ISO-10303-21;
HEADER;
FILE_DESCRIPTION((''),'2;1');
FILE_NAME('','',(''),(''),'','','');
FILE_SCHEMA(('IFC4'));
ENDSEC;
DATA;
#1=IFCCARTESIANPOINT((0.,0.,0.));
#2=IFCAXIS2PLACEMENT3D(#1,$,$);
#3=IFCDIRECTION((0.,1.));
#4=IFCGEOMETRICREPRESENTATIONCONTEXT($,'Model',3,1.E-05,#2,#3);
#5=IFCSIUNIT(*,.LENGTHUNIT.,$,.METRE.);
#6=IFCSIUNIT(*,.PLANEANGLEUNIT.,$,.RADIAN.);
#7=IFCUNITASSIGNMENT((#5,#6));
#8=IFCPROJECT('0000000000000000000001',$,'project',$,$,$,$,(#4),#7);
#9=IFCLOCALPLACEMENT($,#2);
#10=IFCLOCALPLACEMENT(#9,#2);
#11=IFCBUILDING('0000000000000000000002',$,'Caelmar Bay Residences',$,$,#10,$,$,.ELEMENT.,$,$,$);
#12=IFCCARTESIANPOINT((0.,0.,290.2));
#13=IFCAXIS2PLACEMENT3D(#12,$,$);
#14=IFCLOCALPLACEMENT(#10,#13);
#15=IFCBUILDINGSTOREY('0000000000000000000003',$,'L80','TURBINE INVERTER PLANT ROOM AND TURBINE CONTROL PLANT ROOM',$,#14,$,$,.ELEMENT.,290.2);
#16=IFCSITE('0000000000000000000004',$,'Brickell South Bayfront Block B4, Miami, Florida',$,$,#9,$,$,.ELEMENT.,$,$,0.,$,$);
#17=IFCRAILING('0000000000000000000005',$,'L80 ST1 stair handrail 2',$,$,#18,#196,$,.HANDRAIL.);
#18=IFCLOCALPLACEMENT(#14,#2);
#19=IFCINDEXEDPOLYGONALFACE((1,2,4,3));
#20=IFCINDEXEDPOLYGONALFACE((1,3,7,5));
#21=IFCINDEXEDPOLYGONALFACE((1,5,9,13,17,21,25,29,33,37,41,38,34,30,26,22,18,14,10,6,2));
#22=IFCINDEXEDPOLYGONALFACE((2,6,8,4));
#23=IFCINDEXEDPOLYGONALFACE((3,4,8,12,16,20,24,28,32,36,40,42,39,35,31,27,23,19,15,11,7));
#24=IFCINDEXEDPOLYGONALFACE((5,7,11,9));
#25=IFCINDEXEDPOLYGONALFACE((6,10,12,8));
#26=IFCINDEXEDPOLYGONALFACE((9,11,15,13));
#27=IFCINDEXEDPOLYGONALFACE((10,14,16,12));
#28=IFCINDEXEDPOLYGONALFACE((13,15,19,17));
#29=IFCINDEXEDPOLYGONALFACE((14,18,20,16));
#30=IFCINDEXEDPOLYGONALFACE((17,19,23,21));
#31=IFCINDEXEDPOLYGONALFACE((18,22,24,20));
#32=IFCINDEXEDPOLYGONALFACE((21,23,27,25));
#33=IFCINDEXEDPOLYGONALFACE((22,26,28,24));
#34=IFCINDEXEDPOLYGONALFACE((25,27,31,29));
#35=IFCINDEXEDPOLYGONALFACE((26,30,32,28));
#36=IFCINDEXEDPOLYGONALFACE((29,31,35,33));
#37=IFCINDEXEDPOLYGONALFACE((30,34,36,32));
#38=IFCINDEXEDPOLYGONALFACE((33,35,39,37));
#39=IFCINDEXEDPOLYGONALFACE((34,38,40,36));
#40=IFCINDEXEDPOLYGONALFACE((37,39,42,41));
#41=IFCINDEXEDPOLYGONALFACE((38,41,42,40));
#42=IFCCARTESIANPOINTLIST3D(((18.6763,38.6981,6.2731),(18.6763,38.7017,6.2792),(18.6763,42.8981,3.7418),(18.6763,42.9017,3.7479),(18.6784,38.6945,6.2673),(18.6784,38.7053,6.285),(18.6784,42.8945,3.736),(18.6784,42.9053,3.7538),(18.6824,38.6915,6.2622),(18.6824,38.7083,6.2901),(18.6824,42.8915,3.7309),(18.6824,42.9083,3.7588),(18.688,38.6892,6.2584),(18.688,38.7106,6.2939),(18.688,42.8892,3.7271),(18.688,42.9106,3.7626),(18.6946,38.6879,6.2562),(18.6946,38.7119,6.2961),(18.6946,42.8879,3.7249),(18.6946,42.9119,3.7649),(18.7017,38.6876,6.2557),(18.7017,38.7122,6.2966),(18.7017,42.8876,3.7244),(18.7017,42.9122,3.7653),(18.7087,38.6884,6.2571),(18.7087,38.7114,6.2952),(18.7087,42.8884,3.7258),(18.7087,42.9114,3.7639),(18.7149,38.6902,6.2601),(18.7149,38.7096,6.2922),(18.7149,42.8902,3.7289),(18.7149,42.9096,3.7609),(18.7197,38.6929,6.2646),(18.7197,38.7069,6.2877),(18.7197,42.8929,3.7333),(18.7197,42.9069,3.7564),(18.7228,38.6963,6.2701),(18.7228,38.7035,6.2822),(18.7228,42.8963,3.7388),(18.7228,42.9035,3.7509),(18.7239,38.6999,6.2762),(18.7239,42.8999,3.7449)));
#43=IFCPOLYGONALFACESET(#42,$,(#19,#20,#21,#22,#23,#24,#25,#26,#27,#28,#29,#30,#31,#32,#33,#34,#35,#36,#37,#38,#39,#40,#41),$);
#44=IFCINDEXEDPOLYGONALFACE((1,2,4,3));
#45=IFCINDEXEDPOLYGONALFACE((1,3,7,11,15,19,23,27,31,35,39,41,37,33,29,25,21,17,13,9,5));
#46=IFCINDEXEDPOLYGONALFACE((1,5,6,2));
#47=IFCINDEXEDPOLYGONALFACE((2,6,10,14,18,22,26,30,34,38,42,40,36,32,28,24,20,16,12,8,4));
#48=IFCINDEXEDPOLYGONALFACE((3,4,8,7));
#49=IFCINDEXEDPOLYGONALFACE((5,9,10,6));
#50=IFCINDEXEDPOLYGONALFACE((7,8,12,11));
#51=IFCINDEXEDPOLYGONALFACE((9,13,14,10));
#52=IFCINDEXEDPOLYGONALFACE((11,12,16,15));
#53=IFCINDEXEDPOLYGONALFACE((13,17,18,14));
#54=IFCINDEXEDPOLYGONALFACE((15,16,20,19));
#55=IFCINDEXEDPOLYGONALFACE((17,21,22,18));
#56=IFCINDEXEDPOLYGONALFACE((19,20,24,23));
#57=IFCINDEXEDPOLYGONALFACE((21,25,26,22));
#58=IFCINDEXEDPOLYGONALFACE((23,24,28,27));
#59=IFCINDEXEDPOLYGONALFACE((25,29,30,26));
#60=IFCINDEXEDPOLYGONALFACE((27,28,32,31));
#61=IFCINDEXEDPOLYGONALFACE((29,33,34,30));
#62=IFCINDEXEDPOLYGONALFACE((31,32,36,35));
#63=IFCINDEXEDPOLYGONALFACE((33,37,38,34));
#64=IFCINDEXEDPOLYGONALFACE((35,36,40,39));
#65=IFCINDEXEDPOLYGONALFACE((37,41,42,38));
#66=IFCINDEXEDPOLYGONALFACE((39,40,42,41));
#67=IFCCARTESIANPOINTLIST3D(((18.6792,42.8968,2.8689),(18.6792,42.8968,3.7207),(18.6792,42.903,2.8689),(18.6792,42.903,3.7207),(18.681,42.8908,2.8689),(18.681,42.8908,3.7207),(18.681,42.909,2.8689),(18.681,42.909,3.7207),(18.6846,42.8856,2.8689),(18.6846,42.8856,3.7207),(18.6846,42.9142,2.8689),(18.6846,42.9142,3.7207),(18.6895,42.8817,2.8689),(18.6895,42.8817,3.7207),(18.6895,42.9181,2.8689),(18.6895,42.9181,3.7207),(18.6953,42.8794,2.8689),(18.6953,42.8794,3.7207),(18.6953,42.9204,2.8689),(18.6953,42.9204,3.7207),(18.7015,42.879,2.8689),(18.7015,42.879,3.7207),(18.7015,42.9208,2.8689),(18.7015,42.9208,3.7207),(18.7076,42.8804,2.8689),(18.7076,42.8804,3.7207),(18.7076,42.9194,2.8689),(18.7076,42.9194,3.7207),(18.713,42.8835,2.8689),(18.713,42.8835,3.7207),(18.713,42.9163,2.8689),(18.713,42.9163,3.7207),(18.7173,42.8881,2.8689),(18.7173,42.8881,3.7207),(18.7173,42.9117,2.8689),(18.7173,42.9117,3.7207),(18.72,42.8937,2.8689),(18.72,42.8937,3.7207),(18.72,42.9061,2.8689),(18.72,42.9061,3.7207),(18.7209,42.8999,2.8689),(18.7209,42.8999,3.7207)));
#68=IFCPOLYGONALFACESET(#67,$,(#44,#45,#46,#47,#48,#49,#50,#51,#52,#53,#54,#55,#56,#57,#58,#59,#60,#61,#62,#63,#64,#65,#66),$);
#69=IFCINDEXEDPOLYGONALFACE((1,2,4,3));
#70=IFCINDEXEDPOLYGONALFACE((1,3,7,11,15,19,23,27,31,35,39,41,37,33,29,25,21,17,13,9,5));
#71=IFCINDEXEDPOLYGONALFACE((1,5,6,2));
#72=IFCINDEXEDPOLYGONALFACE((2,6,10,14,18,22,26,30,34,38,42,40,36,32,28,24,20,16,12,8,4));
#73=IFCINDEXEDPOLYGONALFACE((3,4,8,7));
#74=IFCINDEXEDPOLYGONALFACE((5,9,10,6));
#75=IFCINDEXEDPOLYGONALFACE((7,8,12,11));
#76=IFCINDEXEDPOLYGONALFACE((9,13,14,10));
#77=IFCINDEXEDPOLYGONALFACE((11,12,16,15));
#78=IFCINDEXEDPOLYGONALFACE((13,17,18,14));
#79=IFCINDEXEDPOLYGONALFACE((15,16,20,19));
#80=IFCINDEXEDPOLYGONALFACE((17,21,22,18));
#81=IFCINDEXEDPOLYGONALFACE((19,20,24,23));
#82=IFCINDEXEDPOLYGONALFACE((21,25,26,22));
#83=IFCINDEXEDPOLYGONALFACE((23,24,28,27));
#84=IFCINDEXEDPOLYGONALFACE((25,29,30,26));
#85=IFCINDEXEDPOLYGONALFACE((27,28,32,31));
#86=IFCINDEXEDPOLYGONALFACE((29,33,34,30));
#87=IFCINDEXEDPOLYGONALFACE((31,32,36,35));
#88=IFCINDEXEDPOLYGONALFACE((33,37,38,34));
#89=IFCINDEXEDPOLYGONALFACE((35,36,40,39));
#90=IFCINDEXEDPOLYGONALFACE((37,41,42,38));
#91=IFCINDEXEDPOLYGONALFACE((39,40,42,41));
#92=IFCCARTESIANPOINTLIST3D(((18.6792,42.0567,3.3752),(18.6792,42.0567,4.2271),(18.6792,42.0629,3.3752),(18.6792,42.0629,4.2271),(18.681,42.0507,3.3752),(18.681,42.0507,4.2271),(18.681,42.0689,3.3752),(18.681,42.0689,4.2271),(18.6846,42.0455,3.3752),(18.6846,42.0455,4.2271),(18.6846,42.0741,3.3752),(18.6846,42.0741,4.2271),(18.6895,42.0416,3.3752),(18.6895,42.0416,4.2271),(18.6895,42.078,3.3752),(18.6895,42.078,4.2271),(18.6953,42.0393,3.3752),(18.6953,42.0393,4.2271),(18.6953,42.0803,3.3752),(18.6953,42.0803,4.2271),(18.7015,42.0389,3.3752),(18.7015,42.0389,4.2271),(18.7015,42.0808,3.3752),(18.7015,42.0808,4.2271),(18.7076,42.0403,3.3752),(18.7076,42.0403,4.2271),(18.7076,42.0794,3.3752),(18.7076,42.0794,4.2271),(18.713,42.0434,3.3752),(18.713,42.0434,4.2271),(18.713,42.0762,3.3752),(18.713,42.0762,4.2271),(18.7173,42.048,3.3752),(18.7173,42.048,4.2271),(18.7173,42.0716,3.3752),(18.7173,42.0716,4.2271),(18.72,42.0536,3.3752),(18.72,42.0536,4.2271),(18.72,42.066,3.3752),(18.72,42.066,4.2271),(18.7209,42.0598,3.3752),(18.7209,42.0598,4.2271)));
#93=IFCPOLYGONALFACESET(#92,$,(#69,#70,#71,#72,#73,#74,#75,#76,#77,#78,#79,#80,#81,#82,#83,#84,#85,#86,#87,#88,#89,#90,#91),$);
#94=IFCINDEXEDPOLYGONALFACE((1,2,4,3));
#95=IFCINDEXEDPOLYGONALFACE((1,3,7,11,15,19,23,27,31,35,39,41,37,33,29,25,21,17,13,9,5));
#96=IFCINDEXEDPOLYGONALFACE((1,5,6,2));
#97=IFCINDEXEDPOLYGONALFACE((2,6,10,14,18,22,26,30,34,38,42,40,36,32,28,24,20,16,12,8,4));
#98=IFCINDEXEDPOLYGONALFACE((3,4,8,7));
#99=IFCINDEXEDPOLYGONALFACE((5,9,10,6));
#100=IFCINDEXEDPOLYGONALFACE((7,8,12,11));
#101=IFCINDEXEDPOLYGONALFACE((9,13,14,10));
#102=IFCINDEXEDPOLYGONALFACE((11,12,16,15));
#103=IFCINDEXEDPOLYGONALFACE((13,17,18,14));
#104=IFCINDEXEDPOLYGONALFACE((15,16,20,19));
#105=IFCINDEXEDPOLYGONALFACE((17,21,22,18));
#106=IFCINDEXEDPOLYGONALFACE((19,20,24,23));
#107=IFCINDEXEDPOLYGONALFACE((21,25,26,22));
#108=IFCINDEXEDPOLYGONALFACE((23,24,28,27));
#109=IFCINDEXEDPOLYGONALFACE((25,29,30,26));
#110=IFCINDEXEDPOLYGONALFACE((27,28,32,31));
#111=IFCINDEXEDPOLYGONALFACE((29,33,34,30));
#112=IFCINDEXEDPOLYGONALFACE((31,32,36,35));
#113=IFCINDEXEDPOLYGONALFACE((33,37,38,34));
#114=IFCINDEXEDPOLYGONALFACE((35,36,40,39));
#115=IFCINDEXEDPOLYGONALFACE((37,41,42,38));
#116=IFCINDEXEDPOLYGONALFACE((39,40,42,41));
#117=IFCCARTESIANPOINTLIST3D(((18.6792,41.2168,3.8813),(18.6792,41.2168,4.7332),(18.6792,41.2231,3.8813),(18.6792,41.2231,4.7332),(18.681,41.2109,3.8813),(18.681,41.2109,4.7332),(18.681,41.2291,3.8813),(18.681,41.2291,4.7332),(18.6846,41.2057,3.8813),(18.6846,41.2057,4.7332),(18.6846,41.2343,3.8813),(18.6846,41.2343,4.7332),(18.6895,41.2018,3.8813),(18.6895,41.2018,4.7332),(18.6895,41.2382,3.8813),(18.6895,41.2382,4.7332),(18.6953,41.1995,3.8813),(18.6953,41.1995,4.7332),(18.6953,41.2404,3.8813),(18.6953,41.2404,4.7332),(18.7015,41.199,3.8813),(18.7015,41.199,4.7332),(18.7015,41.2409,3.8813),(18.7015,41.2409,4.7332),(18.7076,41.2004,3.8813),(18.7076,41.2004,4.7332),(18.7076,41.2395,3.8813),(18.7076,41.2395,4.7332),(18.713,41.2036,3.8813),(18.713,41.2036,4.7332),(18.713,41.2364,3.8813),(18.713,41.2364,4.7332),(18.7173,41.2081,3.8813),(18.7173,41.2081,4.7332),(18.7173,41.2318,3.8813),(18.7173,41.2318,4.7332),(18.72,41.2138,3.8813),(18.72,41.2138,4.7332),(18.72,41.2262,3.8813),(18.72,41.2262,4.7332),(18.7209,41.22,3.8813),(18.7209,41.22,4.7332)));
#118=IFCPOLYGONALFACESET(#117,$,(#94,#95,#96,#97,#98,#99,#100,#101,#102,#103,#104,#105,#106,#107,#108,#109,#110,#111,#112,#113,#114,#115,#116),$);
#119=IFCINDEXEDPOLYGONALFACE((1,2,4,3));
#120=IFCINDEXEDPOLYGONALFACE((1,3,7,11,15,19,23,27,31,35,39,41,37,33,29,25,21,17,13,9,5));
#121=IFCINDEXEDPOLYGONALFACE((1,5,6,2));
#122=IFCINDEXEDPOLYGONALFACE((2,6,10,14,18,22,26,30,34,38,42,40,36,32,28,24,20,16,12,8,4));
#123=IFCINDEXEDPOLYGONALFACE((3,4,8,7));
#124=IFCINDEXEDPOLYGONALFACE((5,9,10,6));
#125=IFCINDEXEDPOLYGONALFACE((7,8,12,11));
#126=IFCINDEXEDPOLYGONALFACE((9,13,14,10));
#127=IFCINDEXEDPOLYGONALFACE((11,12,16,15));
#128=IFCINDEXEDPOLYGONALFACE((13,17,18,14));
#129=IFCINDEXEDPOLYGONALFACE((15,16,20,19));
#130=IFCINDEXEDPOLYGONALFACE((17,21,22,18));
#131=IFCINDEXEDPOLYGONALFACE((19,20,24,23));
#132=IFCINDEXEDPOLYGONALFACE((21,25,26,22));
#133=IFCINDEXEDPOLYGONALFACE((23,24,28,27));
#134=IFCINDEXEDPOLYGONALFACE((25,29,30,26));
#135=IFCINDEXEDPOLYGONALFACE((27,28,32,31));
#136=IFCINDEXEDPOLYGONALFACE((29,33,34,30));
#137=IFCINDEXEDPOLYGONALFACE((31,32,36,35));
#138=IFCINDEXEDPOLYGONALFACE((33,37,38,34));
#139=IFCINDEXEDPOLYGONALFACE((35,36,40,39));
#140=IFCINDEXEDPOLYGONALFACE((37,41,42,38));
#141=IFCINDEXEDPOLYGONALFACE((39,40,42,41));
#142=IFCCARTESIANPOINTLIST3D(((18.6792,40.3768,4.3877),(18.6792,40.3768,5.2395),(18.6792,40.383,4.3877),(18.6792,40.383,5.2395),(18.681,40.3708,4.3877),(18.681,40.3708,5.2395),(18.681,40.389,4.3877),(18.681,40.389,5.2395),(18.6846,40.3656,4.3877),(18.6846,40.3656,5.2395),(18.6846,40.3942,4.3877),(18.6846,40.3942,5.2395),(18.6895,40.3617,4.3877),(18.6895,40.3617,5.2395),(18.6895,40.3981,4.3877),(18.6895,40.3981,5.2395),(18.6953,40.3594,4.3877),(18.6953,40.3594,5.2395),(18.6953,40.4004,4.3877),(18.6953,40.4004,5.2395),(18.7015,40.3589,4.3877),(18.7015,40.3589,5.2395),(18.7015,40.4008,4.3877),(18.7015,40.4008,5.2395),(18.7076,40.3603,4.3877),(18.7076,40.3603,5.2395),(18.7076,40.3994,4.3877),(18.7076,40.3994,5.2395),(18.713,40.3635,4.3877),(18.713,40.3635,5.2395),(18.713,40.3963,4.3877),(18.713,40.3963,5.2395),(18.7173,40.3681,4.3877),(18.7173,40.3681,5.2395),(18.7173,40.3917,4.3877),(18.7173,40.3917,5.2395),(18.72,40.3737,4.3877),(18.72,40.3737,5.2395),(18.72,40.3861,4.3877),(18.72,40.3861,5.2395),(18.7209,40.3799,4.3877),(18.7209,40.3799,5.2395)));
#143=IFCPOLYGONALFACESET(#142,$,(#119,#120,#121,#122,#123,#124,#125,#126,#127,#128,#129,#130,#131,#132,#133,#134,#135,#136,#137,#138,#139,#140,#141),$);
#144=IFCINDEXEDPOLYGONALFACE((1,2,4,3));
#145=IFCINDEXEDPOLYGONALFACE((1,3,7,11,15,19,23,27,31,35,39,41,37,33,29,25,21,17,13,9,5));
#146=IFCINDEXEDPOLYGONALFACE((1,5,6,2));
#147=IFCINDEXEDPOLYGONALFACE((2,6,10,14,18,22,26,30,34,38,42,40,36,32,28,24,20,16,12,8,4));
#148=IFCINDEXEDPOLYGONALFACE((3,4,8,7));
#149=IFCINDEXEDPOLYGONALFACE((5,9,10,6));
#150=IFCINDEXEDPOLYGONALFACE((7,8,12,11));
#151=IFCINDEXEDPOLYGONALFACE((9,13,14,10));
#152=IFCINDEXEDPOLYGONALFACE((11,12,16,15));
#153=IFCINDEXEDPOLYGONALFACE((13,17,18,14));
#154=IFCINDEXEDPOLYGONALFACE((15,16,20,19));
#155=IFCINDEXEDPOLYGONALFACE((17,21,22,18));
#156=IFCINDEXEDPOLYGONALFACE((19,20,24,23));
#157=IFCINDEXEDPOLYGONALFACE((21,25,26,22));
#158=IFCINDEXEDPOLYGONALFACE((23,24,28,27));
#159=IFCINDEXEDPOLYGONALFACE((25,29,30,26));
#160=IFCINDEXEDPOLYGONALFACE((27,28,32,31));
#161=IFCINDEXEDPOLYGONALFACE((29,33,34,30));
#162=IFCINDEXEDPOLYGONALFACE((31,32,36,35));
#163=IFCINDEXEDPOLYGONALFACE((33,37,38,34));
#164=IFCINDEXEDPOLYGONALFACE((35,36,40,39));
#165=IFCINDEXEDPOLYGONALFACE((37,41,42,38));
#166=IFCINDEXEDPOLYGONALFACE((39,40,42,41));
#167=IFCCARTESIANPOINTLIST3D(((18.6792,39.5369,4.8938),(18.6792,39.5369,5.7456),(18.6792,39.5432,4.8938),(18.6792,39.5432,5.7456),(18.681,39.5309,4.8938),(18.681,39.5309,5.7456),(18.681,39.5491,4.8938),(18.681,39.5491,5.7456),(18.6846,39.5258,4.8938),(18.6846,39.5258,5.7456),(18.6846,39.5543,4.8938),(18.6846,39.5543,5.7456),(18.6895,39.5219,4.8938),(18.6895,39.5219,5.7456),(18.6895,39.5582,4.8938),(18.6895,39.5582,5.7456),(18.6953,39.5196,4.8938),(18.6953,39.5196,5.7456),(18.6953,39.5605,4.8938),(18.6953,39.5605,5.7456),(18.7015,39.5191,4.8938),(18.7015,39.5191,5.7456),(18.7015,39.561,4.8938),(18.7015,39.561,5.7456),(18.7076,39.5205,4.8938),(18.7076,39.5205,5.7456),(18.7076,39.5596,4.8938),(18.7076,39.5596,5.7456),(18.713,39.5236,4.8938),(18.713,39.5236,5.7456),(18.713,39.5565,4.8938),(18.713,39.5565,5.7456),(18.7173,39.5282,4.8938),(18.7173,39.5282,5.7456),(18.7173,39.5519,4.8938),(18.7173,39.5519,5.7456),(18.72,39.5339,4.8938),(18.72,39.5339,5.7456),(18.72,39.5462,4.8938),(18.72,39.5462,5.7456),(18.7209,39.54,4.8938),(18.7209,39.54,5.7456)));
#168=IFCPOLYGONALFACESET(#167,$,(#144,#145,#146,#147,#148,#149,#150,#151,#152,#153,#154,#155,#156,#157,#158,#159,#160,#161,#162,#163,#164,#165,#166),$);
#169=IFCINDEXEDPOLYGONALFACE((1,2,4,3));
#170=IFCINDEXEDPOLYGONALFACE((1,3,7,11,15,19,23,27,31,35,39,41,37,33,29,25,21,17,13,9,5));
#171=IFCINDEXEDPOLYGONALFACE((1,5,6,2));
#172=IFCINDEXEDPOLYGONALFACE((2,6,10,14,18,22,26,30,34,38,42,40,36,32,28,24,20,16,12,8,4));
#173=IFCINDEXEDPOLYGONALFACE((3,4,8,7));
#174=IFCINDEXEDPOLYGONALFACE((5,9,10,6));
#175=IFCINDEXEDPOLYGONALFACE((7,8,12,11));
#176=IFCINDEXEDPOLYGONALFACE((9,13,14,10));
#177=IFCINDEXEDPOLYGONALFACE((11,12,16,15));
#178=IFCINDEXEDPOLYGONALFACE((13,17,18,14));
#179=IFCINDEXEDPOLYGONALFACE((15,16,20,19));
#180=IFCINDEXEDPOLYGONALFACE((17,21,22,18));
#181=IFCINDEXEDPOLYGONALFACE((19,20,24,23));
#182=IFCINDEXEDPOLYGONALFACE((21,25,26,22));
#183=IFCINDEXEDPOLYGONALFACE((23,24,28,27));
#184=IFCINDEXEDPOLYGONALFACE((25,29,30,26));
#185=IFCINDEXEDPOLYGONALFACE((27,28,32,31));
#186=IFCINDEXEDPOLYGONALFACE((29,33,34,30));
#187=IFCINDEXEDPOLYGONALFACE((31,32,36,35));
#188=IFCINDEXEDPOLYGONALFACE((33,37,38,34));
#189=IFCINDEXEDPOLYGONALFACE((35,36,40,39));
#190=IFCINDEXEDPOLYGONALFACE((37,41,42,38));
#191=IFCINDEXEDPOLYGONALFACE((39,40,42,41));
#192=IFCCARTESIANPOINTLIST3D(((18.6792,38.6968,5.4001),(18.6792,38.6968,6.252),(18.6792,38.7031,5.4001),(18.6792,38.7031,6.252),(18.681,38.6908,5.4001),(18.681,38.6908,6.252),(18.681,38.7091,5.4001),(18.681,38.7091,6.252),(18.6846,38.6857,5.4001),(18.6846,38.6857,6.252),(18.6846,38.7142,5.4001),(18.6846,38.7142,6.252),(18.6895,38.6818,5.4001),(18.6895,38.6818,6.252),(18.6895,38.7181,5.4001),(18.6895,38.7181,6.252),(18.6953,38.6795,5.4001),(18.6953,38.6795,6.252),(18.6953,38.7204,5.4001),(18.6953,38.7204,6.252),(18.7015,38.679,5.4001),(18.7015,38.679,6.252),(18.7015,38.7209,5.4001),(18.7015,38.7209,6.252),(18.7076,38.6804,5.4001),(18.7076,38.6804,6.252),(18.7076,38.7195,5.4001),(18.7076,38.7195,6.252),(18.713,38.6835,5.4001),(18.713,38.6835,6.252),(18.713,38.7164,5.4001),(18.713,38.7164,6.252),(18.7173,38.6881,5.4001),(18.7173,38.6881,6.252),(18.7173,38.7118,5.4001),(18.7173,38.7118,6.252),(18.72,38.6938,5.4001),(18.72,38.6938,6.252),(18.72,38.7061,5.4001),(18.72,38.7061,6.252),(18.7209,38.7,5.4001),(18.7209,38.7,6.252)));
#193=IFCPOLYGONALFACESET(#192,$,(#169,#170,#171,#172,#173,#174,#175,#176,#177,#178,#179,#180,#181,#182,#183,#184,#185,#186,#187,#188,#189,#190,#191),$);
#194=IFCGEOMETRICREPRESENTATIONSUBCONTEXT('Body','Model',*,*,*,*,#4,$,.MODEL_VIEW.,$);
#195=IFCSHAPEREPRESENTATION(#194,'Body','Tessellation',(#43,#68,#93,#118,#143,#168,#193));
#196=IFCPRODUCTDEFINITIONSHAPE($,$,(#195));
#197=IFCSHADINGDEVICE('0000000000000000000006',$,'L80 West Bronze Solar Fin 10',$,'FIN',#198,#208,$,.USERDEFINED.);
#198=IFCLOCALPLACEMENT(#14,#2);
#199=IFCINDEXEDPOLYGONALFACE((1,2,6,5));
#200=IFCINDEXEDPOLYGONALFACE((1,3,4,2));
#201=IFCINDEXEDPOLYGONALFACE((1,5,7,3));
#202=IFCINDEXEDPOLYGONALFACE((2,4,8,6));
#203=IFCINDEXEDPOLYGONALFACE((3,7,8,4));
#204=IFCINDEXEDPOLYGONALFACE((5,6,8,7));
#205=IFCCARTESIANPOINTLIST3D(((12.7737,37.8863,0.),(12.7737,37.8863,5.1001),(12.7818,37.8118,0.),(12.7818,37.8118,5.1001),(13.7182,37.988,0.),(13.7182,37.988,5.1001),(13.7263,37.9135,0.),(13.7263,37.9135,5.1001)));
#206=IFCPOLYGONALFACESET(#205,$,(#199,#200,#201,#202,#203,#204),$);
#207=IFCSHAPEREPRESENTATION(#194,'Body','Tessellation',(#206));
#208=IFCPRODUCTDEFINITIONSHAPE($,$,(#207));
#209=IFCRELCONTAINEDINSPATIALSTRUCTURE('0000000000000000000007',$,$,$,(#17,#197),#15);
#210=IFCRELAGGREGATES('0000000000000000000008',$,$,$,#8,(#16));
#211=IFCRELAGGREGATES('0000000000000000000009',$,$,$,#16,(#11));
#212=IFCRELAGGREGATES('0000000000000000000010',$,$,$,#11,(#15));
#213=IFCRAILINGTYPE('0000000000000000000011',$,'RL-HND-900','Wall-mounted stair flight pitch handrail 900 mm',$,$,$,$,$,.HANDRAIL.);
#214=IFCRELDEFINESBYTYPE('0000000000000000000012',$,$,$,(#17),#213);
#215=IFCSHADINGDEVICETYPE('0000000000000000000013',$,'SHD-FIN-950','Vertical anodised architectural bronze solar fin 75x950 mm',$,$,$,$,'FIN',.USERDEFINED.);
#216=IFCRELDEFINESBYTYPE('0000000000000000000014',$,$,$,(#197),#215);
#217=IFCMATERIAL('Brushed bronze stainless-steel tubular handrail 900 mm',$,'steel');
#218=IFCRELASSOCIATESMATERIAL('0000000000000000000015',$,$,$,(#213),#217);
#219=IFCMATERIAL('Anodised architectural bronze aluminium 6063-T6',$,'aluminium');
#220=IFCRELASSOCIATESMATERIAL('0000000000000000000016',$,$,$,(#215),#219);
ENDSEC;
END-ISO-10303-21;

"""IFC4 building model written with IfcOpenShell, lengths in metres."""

from ifc_helpers import new_model, si_unit, direction, frame, origin, origin_2d, place, context, subcontext, project, spatial, rectangle, circle, extrude, material, material_profile, profile_set, type_object, element, save


model = new_model("IFC4")

# Units and contexts
model_context = context("Model", 3, precision=1e-05, world=origin(), true_north=direction((0.0, 1.0)))
body_context = subcontext(model_context, "Body", "Model", "MODEL_VIEW")
ifc_project = project(units=[si_unit("LENGTHUNIT", "METRE"), si_unit("PLANEANGLEUNIT", "RADIAN")], contexts=[model_context])

# Site, building, storey
site_placement = place(None, origin())
site = spatial("IfcSite", under=ifc_project, at=site_placement, Name="Brickell South Bayfront Block B4, Miami, Florida", CompositionType="ELEMENT", RefElevation=0.0)
building_placement = place(site_placement, origin())
building = spatial("IfcBuilding", under=site, at=building_placement, Name="Caelmar Bay Residences", CompositionType="ELEMENT")
storey_placement = place(building_placement, frame((0.0, 0.0, 290.2)))
storey = spatial("IfcBuildingStorey", under=building, at=storey_placement, Name="L80", Description="TURBINE INVERTER PLANT ROOM AND TURBINE CONTROL PLANT ROOM", CompositionType="ELEMENT", Elevation=290.2)

# Railing
ifc_material_1 = material(Name="Brushed bronze stainless-steel tubular handrail 900 mm", Category="steel")
railing_type_1 = type_object("IfcRailingType", Name="RL-HND-900", Description="Wall-mounted stair flight pitch handrail 900 mm", PredefinedType="HANDRAIL", material=ifc_material_1)
railing_1_placement = place(storey_placement, frame((18.7, 42.8999, 2.8689)))
element("IfcRailing", 1, at=railing_1_placement, inside=storey, type_object=railing_type_1, Name="L80 ST1 stair handrail 2", PredefinedType="HANDRAIL", context=body_context, shape_type="SweptSolid", body=[
    extrude(circle(Radius=0.0239, at=origin_2d()), frame((0.0, 0.0, 0.876), z_axis=(0.0, -0.856476, 0.516186), x_axis=(1.0, 0.0, 0.0)), (0.0, 0.0, 1.0), 4.9038),
    extrude(circle(Radius=0.021, at=origin_2d()), origin(), (0.0, 0.0, 1.0), 0.8518),
    extrude(circle(Radius=0.021, at=origin_2d()), frame((0.0, -0.8401, 0.5063)), (0.0, 0.0, 1.0), 0.8518),
    extrude(circle(Radius=0.021, at=origin_2d()), frame((0.0, -1.6799, 1.0125)), (0.0, 0.0, 1.0), 0.8518),
    extrude(circle(Radius=0.021, at=origin_2d()), frame((0.0, -2.52, 1.5188)), (0.0, 0.0, 1.0), 0.8518),
    extrude(circle(Radius=0.021, at=origin_2d()), frame((0.0, -3.3599, 2.0249)), (0.0, 0.0, 1.0), 0.8518),
    extrude(circle(Radius=0.021, at=origin_2d()), frame((0.0, -4.2, 2.5312)), (0.0, 0.0, 1.0), 0.8518),
])

# Shading device
ifc_material_2 = material(Name="Anodised architectural bronze aluminium 6063-T6", Category="aluminium")
ifc_material_profile = material_profile(ifc_material_2, rectangle(XDim=0.075, YDim=0.95, at=origin_2d()), Name="BRONZE-FIN-75X950")
ifc_profile_set = profile_set([ifc_material_profile], Name="Anodised architectural bronze aluminium 6063-T6")
shading_device_type = type_object("IfcShadingDeviceType", Name="SHD-FIN-950", Description="Vertical anodised architectural bronze solar fin 75x950 mm", ElementType="FIN", PredefinedType="USERDEFINED", material=ifc_profile_set)
for number, where, z_axis, x_axis, name in (
    (2, (13.25, 37.8999, 0.0), (0.0, 0.0, 1.0), (-0.107132, 0.994245, 0.0), "L80 West Bronze Solar Fin 10"),
):
    element("IfcShadingDevice", number, at=place(storey_placement, frame(where, z_axis=z_axis, x_axis=x_axis)), inside=storey, type_object=shading_device_type, Name=name, ObjectType="FIN", PredefinedType="USERDEFINED", context=body_context, shape_type="SweptSolid", body=[
        extrude(rectangle(XDim=0.075, YDim=0.95, at=origin_2d()), origin(), (0.0, 0.0, 1.0), 5.1001),
    ])

save(model, "model.ifc")
